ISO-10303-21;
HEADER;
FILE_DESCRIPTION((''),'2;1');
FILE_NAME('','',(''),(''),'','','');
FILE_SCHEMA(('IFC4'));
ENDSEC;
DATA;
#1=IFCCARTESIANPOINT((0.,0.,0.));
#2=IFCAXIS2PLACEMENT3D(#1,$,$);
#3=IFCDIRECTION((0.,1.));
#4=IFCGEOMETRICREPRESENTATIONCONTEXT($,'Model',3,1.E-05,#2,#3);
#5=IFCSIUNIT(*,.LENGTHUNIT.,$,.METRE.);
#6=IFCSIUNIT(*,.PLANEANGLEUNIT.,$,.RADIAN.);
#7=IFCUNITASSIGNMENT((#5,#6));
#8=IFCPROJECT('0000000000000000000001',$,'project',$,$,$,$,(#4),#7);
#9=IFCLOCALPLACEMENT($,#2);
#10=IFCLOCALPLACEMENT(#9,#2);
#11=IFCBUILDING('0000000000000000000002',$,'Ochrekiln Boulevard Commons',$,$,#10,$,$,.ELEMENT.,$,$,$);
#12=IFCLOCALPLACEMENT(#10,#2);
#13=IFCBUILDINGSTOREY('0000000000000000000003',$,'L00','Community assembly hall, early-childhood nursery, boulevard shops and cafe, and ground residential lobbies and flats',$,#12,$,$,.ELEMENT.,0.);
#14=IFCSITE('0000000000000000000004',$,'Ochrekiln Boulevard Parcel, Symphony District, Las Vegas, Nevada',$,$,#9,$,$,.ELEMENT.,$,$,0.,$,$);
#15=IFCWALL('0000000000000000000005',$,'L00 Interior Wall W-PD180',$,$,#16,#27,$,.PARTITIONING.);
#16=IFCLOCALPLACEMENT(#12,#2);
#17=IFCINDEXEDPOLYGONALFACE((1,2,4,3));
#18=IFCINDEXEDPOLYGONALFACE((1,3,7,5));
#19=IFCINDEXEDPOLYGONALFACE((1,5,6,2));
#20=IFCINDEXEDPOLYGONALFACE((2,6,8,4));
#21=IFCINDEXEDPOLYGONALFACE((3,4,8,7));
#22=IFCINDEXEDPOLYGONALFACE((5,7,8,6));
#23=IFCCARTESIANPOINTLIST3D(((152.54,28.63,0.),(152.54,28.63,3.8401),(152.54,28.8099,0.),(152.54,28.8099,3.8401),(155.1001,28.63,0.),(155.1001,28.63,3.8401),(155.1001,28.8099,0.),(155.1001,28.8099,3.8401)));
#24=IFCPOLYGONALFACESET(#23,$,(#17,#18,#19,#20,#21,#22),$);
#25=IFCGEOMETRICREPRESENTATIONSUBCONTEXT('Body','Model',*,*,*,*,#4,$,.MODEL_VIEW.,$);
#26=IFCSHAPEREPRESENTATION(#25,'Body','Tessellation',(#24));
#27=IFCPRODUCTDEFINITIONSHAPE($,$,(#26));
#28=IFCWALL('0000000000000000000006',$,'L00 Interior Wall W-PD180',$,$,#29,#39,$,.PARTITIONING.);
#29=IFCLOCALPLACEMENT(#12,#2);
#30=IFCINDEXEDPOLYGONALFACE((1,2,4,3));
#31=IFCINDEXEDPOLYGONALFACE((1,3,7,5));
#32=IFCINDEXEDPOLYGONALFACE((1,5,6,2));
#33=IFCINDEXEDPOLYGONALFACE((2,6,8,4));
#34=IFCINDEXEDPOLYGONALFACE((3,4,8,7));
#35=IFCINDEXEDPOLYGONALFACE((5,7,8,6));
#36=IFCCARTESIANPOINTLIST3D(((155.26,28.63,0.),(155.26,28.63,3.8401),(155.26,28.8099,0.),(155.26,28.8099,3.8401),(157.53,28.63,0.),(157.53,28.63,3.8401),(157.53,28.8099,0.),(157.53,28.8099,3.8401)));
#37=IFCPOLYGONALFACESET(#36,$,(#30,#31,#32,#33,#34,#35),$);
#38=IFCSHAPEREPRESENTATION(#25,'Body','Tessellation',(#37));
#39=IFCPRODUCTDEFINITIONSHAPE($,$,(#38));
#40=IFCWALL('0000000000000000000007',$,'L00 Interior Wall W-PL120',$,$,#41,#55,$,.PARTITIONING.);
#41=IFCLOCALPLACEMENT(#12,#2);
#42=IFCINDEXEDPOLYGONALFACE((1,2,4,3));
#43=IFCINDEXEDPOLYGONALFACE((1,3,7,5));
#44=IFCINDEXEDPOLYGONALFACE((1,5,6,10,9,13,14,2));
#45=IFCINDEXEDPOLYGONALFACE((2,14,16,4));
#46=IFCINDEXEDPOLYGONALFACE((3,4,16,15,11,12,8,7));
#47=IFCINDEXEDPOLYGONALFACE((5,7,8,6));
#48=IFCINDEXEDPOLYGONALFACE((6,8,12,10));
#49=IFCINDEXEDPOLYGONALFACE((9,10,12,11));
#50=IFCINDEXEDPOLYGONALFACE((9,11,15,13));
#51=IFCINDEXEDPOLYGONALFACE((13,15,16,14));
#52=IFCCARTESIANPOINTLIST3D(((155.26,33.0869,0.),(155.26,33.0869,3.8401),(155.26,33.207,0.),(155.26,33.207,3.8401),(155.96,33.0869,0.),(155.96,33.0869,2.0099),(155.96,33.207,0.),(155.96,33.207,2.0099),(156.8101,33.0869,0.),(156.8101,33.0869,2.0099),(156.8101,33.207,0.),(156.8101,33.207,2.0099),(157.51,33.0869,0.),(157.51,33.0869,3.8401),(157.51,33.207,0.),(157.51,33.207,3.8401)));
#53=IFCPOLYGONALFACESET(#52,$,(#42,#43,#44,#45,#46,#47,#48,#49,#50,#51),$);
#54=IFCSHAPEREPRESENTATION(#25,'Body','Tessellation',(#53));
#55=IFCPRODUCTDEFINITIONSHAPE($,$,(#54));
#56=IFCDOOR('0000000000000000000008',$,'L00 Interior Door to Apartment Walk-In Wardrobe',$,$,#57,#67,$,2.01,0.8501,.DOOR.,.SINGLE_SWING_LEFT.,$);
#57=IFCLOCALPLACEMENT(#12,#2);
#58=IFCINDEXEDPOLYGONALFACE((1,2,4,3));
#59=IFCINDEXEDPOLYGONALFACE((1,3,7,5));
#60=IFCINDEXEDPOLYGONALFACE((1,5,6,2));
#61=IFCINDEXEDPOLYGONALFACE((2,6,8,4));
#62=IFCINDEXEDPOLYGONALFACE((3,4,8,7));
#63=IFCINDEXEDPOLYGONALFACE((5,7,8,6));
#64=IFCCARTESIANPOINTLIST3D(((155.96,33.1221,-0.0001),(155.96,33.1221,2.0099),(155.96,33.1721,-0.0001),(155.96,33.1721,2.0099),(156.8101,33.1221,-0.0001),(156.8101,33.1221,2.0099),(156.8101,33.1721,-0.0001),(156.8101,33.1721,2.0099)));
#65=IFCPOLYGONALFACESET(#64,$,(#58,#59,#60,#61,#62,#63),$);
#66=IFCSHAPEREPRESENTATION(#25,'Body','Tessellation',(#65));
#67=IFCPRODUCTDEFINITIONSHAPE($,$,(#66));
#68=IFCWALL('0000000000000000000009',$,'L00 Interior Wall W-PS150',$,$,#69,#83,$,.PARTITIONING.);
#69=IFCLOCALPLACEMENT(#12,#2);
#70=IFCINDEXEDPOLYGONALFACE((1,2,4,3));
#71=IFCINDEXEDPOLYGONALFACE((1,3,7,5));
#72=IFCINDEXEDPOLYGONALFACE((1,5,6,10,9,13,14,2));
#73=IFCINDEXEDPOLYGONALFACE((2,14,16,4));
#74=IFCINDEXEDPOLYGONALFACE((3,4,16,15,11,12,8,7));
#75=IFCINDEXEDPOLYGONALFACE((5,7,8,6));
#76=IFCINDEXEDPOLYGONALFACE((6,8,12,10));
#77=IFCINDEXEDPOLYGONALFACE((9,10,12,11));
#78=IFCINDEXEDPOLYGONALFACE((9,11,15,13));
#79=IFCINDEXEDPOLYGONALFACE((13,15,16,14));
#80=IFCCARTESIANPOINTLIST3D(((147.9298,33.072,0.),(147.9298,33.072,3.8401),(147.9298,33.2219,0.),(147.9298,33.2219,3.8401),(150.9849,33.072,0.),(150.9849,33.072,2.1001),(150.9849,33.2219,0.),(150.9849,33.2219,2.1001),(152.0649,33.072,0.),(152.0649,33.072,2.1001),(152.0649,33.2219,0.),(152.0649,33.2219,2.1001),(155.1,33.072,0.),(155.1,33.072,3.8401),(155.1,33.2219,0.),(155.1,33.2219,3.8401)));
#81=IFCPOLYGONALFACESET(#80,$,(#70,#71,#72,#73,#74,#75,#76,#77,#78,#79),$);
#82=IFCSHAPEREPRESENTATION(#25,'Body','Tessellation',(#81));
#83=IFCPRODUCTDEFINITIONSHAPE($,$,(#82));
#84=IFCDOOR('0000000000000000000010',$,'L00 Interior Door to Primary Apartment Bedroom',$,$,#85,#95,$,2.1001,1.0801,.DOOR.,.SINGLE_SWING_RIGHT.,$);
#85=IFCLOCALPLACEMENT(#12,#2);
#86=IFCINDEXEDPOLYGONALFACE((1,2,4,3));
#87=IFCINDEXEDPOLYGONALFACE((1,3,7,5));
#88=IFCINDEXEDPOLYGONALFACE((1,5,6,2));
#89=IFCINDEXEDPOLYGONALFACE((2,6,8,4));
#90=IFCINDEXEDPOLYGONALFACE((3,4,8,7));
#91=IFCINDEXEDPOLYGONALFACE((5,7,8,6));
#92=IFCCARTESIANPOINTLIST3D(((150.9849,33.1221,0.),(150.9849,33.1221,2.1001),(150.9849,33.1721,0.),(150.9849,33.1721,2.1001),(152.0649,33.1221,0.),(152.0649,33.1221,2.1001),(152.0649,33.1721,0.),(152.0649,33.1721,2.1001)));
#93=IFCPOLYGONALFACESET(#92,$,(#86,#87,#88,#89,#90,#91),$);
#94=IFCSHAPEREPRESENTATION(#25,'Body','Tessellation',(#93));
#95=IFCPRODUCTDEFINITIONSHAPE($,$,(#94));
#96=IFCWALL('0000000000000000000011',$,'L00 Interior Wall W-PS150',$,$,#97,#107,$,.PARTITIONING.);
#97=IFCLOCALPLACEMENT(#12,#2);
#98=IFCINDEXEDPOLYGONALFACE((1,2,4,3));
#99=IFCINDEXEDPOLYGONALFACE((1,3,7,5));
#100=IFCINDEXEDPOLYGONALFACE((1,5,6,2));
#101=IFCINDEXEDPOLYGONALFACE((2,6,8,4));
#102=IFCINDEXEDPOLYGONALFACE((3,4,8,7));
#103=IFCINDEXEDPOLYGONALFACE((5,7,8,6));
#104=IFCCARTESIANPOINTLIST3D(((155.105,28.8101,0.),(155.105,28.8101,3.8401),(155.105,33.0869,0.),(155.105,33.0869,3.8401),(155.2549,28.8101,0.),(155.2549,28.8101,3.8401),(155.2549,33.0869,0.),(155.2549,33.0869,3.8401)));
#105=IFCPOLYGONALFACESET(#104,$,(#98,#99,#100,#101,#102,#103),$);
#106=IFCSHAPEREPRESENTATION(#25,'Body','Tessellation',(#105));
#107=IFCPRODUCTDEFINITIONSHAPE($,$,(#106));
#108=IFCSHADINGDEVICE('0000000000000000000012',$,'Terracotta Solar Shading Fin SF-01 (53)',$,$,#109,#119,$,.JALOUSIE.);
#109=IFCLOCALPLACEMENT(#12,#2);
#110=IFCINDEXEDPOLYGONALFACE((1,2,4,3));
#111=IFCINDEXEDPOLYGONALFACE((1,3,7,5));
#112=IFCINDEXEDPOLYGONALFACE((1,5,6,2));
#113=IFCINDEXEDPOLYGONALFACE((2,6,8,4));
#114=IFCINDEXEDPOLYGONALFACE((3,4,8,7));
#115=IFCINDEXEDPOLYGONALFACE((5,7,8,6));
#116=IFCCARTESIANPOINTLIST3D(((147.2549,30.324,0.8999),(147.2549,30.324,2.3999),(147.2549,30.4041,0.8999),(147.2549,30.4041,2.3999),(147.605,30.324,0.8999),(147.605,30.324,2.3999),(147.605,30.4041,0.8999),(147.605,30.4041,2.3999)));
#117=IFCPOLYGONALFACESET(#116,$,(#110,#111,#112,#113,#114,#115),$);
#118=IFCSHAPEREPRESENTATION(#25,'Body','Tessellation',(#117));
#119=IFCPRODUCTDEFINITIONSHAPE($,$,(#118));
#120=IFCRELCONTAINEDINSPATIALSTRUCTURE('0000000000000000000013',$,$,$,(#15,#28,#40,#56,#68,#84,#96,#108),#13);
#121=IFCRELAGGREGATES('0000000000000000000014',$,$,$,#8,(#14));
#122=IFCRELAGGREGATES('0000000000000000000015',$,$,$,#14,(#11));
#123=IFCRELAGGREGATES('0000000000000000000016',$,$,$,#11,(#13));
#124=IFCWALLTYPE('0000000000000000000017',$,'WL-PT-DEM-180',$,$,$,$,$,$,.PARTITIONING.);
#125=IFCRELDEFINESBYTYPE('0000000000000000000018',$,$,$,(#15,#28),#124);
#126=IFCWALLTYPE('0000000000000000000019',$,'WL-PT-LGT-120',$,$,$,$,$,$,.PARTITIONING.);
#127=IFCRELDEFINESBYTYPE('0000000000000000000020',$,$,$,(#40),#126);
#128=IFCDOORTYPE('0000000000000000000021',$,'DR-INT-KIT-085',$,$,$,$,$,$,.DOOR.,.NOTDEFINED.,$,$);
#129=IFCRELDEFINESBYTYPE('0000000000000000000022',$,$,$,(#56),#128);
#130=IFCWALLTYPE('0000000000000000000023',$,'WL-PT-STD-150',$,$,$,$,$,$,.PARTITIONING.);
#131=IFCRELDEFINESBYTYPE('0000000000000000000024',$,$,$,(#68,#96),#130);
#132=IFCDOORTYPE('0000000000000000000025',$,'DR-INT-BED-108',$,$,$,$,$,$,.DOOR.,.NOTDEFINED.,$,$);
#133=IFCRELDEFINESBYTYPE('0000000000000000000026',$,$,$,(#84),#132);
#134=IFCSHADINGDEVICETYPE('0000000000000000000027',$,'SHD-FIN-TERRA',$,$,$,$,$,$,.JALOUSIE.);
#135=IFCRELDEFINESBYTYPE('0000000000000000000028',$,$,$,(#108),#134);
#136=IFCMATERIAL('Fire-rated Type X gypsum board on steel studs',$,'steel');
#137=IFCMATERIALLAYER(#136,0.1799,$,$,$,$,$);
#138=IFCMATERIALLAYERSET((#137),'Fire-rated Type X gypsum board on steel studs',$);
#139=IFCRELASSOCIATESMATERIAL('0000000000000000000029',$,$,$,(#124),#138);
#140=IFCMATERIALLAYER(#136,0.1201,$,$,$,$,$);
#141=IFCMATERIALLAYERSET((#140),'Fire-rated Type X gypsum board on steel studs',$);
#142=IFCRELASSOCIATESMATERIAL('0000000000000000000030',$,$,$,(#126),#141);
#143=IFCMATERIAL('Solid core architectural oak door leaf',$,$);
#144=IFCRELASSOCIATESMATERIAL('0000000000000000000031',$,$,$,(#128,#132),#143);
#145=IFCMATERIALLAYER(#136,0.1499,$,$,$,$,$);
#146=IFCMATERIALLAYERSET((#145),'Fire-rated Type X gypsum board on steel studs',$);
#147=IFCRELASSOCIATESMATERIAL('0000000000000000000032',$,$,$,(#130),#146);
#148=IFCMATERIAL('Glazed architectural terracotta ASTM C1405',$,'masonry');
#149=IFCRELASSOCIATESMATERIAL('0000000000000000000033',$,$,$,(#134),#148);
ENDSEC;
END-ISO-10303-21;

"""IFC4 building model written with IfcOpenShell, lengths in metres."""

from ifc_helpers import new_model, si_unit, direction, frame, frame_2d, origin, origin_2d, place, context, subcontext, project, spatial, rectangle, extrude, material, layer, layer_set, type_object, element, fill, save


model = new_model("IFC4")

# Units and contexts
model_context = context("Model", 3, precision=1e-05, world=origin(), true_north=direction((0.0, 1.0)))
body_context = subcontext(model_context, "Body", "Model", "MODEL_VIEW")
ifc_project = project(units=[si_unit("LENGTHUNIT", "METRE"), si_unit("PLANEANGLEUNIT", "RADIAN")], contexts=[model_context])

# Site, building, storey
site_placement = place(None, origin())
site = spatial("IfcSite", under=ifc_project, at=site_placement, Name="Ochrekiln Boulevard Parcel, Symphony District, Las Vegas, Nevada", CompositionType="ELEMENT", RefElevation=0.0)
building_placement = place(site_placement, origin())
building = spatial("IfcBuilding", under=site, at=building_placement, Name="Ochrekiln Boulevard Commons", CompositionType="ELEMENT")
storey_placement = place(building_placement, origin())
storey = spatial("IfcBuildingStorey", under=building, at=storey_placement, Name="L00", Description="Community assembly hall, early-childhood nursery, boulevard shops and cafe, and ground residential lobbies and flats", CompositionType="ELEMENT", Elevation=0.0)

# Walls
ifc_material_1 = material(Name="Fire-rated Type X gypsum board on steel studs", Category="steel")
ifc_layer_1 = layer(ifc_material_1, 0.1799)
ifc_layer_set_1 = layer_set([ifc_layer_1], Name="Fire-rated Type X gypsum board on steel studs")
wall_type_1 = type_object("IfcWallType", Name="WL-PT-DEM-180", PredefinedType="PARTITIONING", material=ifc_layer_set_1)
wall_1_placement = place(storey_placement, frame((152.54, 28.72, 0.0), z_axis=(0.0, 0.0, 1.0), x_axis=(1.0, 0.0, 0.0)))
element("IfcWall", 1, at=wall_1_placement, inside=storey, type_object=wall_type_1, Name="L00 Interior Wall W-PD180", PredefinedType="PARTITIONING", context=body_context, shape_type="SweptSolid", body=[
    extrude(rectangle(XDim=2.5601, YDim=0.1799, at=frame_2d((1.28, 0.0))), origin(), (0.0, 0.0, 1.0), 3.8401),
])
wall_2_placement = place(storey_placement, frame((155.26, 28.72, 0.0), z_axis=(0.0, 0.0, 1.0), x_axis=(1.0, 0.0, 0.0)))
element("IfcWall", 2, at=wall_2_placement, inside=storey, type_object=wall_type_1, Name="L00 Interior Wall W-PD180", PredefinedType="PARTITIONING", context=body_context, shape_type="SweptSolid", body=[
    extrude(rectangle(XDim=2.27, YDim=0.1799, at=frame_2d((1.135, 0.0))), origin(), (0.0, 0.0, 1.0), 3.8401),
])

# Walls, openings, doors
ifc_layer_2 = layer(ifc_material_1, 0.1201)
ifc_layer_set_2 = layer_set([ifc_layer_2], Name="Fire-rated Type X gypsum board on steel studs")
wall_type_2 = type_object("IfcWallType", Name="WL-PT-LGT-120", PredefinedType="PARTITIONING", material=ifc_layer_set_2)
wall_3_placement = place(storey_placement, frame((155.26, 33.147, 0.0), z_axis=(0.0, 0.0, 1.0), x_axis=(1.0, 0.0, 0.0)))
wall_3 = element("IfcWall", 3, at=wall_3_placement, inside=storey, type_object=wall_type_2, Name="L00 Interior Wall W-PL120", PredefinedType="PARTITIONING", context=body_context, shape_type="SweptSolid", body=[
    extrude(rectangle(XDim=2.25, YDim=0.1201, at=frame_2d((1.125, 0.0))), origin(), (0.0, 0.0, 1.0), 3.8401),
])
opening_1_placement = place(wall_3_placement, frame((0.7, 0.0, 0.0)))
opening_1 = element("IfcOpeningElement", 4, at=opening_1_placement, cuts=wall_3, PredefinedType="OPENING", context=body_context, shape_type="SweptSolid", body=[
    extrude(rectangle(XDim=0.8501, YDim=2.01, at=frame_2d((0.425, 1.0049))), frame((0.0, 0.0701, 0.0), z_axis=(0.0, -1.0, 0.0), x_axis=(1.0, 0.0, 0.0)), (0.0, 0.0, 1.0), 0.1401),
])
ifc_material_2 = material(Name="Solid core architectural oak door leaf")
door_type_1 = type_object("IfcDoorType", Name="DR-INT-KIT-085", OperationType="NOTDEFINED", PredefinedType="DOOR", material=ifc_material_2)
door_1_placement = place(opening_1_placement, frame((0.8501, 0.0, 0.0), z_axis=(0.0, 0.0, 1.0), x_axis=(-1.0, 0.0, 0.0)))
door_1 = element("IfcDoor", 5, at=door_1_placement, inside=storey, type_object=door_type_1, Name="L00 Interior Door to Apartment Walk-In Wardrobe", OperationType="SINGLE_SWING_LEFT", OverallHeight=2.01, OverallWidth=0.8501, PredefinedType="DOOR", context=body_context, shape_type="SweptSolid", body=[
    extrude(rectangle(XDim=0.8501, YDim=2.01, at=frame_2d((0.425, 1.0049))), frame((0.0, 0.0249, 0.0), z_axis=(0.0, -1.0, 0.0), x_axis=(1.0, 0.0, 0.0)), (0.0, 0.0, 1.0), 0.05),
])
fill(opening_1, door_1)
ifc_layer_3 = layer(ifc_material_1, 0.1499)
ifc_layer_set_3 = layer_set([ifc_layer_3], Name="Fire-rated Type X gypsum board on steel studs")
wall_type_3 = type_object("IfcWallType", Name="WL-PT-STD-150", PredefinedType="PARTITIONING", material=ifc_layer_set_3)
wall_4_placement = place(storey_placement, frame((147.9299, 33.147, 0.0), z_axis=(0.0, 0.0, 1.0), x_axis=(1.0, 0.0, 0.0)))
wall_4 = element("IfcWall", 6, at=wall_4_placement, inside=storey, type_object=wall_type_3, Name="L00 Interior Wall W-PS150", PredefinedType="PARTITIONING", context=body_context, shape_type="SweptSolid", body=[
    extrude(rectangle(XDim=7.1702, YDim=0.1499, at=frame_2d((3.585, 0.0))), origin(), (0.0, 0.0, 1.0), 3.8401),
])
opening_2_placement = place(wall_4_placement, frame((3.0549, 0.0, 0.0)))
opening_2 = element("IfcOpeningElement", 7, at=opening_2_placement, cuts=wall_4, PredefinedType="OPENING", context=body_context, shape_type="SweptSolid", body=[
    extrude(rectangle(XDim=1.0801, YDim=2.1001, at=frame_2d((0.54, 1.05))), frame((0.0, 0.085, 0.0), z_axis=(0.0, -1.0, 0.0), x_axis=(1.0, 0.0, 0.0)), (0.0, 0.0, 1.0), 0.1699),
])
door_type_2 = type_object("IfcDoorType", Name="DR-INT-BED-108", OperationType="NOTDEFINED", PredefinedType="DOOR", material=ifc_material_2)
door_2_placement = place(opening_2_placement, frame((1.0801, 0.0, 0.0), z_axis=(0.0, 0.0, 1.0), x_axis=(-1.0, 0.0, 0.0)))
door_2 = element("IfcDoor", 8, at=door_2_placement, inside=storey, type_object=door_type_2, Name="L00 Interior Door to Primary Apartment Bedroom", OperationType="SINGLE_SWING_RIGHT", OverallHeight=2.1001, OverallWidth=1.0801, PredefinedType="DOOR", context=body_context, shape_type="SweptSolid", body=[
    extrude(rectangle(XDim=1.0801, YDim=2.1001, at=frame_2d((0.54, 1.05))), frame((0.0, 0.0249, 0.0), z_axis=(0.0, -1.0, 0.0), x_axis=(1.0, 0.0, 0.0)), (0.0, 0.0, 1.0), 0.05),
])
fill(opening_2, door_2)

# Wall
wall_5_placement = place(storey_placement, frame((155.1799, 28.8101, 0.0), z_axis=(0.0, 0.0, 1.0), x_axis=(0.0, 1.0, 0.0)))
element("IfcWall", 9, at=wall_5_placement, inside=storey, type_object=wall_type_3, Name="L00 Interior Wall W-PS150", PredefinedType="PARTITIONING", context=body_context, shape_type="SweptSolid", body=[
    extrude(rectangle(XDim=4.2769, YDim=0.1499, at=frame_2d((2.1384, 0.0))), origin(), (0.0, 0.0, 1.0), 3.8401),
])

# Shading device
ifc_material_3 = material(Name="Glazed architectural terracotta ASTM C1405", Category="masonry")
shading_device_type = type_object("IfcShadingDeviceType", Name="SHD-FIN-TERRA", PredefinedType="JALOUSIE", material=ifc_material_3)
shading_device_placement = place(storey_placement, frame((147.4299, 30.364, 0.8999), z_axis=(0.0, 0.0, 1.0), x_axis=(1.0, 0.0, 0.0)))
element("IfcShadingDevice", 10, at=shading_device_placement, inside=storey, type_object=shading_device_type, Name="Terracotta Solar Shading Fin SF-01 (53)", PredefinedType="JALOUSIE", context=body_context, shape_type="SweptSolid", body=[
    extrude(rectangle(XDim=0.3501, YDim=0.0801, at=origin_2d()), origin(), (0.0, 0.0, 1.0), 1.5),
])

save(model, "model.ifc")
